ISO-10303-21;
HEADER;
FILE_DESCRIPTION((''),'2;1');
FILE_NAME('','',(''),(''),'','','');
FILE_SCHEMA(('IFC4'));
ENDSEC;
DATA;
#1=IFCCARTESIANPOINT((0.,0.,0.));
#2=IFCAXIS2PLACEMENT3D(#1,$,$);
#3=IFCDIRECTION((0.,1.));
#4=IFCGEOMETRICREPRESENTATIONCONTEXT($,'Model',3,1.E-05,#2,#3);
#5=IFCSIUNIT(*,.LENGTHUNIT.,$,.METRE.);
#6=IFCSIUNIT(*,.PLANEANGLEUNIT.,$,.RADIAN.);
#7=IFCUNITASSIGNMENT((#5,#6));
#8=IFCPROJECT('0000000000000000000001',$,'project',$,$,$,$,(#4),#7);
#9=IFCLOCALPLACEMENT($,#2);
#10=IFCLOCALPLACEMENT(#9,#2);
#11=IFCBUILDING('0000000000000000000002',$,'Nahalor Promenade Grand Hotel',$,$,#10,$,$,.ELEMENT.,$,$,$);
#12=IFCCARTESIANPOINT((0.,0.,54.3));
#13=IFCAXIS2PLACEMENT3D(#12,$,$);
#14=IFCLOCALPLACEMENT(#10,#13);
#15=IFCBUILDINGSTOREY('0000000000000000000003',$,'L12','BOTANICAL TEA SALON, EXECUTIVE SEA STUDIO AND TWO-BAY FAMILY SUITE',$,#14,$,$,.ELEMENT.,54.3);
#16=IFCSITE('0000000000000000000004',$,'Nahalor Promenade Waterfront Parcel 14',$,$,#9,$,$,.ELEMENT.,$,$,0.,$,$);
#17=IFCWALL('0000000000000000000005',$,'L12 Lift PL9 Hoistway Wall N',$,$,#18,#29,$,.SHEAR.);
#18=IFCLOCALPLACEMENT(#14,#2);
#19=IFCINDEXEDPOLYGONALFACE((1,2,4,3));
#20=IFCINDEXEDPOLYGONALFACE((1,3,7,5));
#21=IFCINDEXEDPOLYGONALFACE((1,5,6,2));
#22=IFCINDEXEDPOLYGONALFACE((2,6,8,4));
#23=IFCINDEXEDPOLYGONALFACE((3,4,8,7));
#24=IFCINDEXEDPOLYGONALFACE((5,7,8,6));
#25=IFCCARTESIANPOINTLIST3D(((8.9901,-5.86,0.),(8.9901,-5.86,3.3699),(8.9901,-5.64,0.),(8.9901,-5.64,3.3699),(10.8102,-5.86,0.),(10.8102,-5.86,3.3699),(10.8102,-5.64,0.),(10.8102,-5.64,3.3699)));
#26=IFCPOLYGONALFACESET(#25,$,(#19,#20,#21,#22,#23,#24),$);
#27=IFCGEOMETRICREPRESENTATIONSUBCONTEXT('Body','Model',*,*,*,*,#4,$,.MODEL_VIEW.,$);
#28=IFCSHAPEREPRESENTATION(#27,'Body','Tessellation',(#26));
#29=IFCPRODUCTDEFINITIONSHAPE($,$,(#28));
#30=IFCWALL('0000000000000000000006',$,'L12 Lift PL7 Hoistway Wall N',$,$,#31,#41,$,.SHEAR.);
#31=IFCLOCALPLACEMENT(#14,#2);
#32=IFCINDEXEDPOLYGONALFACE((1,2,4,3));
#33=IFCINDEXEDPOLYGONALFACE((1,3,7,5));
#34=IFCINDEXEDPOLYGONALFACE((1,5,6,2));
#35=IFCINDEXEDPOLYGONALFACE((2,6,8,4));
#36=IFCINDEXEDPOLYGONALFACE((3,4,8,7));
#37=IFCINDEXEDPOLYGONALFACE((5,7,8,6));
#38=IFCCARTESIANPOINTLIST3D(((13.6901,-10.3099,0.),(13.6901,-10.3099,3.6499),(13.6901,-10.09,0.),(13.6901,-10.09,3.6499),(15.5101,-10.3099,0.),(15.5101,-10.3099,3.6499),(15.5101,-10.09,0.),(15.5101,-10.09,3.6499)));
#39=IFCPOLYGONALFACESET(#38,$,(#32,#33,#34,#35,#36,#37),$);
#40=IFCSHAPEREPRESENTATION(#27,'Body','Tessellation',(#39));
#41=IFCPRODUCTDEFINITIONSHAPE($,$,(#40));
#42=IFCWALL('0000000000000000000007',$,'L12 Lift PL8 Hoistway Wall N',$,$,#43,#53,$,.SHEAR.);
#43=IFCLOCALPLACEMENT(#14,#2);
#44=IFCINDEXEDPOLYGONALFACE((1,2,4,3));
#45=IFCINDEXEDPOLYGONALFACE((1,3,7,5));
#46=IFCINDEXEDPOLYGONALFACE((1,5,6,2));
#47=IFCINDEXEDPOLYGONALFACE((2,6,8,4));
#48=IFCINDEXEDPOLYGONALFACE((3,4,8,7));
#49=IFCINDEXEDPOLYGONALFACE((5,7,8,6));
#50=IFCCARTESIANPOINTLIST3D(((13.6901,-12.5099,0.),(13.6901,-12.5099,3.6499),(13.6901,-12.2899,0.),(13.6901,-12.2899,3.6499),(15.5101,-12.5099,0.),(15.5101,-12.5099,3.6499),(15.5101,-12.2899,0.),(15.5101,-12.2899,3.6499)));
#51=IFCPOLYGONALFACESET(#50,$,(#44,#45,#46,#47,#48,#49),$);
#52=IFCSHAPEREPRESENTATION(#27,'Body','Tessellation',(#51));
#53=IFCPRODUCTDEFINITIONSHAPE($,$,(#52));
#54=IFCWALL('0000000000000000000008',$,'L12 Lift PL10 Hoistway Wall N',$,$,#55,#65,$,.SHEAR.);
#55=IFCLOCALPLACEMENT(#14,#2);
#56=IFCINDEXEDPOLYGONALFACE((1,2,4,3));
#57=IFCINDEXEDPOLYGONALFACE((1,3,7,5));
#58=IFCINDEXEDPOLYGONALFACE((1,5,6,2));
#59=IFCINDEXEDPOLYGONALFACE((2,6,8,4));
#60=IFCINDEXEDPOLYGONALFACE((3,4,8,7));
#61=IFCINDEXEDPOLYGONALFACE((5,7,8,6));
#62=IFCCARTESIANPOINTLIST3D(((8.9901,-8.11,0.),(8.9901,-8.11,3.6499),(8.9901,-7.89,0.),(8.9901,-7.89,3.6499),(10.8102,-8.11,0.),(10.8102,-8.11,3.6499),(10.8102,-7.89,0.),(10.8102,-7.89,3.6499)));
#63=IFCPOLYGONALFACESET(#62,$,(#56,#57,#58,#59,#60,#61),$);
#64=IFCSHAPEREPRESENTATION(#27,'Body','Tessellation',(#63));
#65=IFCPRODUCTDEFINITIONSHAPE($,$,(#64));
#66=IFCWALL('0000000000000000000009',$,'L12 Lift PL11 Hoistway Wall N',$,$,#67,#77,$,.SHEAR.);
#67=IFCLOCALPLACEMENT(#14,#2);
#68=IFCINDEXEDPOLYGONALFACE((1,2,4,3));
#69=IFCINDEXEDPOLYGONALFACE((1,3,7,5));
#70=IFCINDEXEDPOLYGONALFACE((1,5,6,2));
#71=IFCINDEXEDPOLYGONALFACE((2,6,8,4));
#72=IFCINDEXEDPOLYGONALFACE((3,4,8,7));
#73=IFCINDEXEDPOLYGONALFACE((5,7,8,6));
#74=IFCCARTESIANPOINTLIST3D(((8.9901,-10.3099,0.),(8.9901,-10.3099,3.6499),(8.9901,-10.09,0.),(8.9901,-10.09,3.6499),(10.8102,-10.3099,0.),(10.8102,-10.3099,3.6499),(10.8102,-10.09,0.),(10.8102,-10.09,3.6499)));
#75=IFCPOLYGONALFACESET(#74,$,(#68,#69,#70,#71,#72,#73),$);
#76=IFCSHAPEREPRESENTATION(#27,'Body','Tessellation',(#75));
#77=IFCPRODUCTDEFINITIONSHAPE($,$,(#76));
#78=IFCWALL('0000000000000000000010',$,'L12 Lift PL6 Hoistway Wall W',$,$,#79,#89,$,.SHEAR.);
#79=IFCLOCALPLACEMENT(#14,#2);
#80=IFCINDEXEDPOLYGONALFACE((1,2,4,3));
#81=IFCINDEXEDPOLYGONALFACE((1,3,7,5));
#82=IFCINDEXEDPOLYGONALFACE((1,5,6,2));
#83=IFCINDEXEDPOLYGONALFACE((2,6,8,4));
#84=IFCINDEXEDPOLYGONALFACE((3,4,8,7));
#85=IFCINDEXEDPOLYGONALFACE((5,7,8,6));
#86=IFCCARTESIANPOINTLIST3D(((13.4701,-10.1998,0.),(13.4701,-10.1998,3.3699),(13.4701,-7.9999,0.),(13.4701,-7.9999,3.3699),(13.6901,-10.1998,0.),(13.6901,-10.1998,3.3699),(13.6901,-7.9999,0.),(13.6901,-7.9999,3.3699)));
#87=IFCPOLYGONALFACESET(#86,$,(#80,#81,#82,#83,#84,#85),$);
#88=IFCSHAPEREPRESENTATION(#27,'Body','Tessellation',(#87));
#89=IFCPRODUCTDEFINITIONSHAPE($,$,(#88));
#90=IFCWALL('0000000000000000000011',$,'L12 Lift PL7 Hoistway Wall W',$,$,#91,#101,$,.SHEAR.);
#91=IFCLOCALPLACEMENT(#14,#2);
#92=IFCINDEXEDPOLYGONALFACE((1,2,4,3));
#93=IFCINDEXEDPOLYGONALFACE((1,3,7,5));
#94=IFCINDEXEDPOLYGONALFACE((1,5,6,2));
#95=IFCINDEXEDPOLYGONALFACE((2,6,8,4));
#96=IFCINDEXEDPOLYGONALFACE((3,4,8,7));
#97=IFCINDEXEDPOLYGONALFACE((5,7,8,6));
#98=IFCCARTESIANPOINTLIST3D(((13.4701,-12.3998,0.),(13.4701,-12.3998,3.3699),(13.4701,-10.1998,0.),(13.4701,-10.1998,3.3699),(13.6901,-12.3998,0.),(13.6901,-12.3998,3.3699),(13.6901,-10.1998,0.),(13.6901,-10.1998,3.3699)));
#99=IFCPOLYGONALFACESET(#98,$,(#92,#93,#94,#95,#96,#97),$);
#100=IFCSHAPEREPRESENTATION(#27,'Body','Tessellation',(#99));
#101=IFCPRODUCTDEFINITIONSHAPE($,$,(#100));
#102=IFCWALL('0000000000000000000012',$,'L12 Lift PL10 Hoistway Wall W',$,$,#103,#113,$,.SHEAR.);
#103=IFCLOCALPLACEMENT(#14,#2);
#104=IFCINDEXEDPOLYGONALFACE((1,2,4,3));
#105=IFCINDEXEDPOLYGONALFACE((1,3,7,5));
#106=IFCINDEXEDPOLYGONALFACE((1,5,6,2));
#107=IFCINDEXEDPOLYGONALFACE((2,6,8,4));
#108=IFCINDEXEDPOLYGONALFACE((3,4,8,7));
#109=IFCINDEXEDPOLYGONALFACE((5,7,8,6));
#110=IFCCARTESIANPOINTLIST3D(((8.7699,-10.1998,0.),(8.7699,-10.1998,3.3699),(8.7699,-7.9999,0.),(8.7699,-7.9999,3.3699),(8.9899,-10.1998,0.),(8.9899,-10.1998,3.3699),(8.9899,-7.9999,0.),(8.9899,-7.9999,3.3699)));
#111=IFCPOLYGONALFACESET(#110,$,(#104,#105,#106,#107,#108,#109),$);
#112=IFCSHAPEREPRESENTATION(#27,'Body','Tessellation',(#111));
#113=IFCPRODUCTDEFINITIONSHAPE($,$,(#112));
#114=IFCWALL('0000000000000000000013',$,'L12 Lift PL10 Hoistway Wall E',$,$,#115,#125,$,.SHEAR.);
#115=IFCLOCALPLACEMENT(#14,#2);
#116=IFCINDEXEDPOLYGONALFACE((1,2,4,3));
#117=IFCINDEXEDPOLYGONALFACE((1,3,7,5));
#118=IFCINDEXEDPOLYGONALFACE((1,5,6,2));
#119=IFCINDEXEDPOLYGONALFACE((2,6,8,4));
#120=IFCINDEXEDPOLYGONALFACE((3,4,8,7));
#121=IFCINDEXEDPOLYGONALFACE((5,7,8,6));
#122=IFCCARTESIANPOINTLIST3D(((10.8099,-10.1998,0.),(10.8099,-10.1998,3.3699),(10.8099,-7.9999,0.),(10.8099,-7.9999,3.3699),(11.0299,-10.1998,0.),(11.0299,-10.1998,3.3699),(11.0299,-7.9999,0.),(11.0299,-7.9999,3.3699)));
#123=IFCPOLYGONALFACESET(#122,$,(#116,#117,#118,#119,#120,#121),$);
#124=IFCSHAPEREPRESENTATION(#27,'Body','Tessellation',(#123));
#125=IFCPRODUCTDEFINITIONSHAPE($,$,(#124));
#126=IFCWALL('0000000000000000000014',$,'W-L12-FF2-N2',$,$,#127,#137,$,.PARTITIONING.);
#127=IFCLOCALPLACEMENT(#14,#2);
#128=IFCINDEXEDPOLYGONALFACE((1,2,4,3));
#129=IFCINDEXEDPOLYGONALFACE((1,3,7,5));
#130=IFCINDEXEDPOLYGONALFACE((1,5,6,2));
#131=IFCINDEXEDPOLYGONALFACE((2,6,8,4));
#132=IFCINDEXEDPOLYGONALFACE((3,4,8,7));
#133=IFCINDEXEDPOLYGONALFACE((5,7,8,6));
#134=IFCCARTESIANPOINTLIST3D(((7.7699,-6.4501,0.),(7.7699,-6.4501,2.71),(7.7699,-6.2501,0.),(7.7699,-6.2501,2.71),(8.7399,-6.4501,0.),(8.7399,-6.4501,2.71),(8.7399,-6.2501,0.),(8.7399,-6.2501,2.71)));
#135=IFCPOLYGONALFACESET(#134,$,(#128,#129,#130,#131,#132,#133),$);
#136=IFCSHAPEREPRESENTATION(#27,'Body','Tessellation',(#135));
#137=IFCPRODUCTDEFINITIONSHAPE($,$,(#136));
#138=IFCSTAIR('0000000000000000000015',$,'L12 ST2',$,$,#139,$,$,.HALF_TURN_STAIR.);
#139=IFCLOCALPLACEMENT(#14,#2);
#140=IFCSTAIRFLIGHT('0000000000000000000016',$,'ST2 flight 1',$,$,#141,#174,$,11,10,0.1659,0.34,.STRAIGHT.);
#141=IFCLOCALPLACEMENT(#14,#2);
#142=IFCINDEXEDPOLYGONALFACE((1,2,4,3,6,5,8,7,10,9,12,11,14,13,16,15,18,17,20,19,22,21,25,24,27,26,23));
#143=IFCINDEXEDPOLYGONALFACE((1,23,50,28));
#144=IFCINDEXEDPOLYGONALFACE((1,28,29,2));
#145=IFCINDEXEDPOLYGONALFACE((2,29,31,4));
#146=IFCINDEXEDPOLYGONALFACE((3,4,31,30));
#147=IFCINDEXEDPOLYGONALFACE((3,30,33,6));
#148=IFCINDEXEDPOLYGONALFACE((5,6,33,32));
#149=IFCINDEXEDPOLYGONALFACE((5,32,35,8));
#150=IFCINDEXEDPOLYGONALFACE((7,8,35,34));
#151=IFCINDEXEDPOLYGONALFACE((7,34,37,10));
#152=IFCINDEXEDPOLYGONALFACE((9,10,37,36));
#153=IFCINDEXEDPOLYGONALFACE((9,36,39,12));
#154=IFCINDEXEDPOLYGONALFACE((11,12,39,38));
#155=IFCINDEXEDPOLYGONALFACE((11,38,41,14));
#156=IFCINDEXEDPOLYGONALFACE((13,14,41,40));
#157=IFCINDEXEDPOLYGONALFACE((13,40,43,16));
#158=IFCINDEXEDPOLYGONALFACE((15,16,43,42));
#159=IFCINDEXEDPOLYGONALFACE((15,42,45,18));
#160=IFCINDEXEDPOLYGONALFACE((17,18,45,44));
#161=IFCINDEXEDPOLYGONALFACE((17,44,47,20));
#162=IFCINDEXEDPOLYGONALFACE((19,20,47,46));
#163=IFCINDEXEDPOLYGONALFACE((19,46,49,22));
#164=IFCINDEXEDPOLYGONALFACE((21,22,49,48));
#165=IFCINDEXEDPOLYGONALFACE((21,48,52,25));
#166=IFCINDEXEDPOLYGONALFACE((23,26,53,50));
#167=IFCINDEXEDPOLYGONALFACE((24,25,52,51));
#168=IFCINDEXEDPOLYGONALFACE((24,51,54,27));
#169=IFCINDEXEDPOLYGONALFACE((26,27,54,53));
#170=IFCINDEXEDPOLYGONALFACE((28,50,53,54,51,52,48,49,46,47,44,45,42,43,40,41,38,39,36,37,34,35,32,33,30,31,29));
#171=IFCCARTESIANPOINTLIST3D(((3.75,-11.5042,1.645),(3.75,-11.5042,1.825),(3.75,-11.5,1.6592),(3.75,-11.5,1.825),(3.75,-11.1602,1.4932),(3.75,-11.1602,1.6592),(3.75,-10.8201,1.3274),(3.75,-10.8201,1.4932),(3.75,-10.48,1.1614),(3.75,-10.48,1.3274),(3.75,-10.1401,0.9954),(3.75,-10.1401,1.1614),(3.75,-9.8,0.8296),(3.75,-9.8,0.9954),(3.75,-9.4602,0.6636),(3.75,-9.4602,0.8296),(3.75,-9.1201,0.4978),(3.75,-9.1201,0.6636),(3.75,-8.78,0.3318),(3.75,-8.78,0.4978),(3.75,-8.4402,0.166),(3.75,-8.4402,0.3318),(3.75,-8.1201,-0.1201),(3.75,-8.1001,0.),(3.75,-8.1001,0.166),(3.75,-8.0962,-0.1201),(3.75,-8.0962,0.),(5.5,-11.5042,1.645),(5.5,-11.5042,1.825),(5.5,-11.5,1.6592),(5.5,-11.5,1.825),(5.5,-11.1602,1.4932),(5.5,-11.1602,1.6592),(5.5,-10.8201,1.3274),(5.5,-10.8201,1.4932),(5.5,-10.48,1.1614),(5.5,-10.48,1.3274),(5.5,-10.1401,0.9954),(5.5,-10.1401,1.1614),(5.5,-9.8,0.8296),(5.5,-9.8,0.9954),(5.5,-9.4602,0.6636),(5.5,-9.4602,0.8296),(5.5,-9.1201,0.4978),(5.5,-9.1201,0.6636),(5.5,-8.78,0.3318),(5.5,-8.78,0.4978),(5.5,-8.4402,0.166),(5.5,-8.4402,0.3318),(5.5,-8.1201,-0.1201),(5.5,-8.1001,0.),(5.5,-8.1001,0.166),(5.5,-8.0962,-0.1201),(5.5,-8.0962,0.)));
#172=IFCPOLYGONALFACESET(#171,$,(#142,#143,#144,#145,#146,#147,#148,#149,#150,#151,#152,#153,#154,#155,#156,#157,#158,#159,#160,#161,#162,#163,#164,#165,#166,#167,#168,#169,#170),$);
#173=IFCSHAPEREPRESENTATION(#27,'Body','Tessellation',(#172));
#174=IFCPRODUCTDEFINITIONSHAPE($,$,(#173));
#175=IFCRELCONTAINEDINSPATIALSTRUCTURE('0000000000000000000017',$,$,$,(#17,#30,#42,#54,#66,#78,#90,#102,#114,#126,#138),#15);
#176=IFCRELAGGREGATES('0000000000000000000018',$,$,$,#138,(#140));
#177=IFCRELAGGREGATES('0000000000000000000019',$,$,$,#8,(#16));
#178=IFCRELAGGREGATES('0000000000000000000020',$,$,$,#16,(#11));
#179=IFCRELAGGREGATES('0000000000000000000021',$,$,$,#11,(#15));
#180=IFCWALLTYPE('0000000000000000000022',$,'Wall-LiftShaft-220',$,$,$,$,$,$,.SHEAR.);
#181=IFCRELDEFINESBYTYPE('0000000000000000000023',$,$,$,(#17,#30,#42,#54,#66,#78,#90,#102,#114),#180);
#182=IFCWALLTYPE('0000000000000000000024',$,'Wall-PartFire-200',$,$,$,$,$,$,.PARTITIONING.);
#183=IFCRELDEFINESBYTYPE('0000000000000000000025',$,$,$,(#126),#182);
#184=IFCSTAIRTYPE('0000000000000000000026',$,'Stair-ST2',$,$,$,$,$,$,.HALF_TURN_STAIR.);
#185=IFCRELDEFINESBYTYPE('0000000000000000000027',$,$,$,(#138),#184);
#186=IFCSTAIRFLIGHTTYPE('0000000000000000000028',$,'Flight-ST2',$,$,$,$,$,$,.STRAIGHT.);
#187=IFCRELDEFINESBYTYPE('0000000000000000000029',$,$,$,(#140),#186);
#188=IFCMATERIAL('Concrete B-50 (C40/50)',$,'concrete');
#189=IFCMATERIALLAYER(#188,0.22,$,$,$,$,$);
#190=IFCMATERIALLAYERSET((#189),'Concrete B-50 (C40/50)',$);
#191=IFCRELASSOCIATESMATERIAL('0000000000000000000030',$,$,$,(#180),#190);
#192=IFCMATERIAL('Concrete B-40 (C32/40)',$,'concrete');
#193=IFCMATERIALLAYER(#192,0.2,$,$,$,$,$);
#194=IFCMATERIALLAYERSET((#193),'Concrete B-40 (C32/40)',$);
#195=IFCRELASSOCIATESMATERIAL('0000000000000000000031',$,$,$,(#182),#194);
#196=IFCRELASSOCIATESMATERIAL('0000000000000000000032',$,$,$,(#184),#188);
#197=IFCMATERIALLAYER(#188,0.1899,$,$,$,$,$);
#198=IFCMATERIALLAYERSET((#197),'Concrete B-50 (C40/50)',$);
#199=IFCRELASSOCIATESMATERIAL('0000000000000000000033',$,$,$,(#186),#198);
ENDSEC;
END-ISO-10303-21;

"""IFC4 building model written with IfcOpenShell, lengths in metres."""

from ifc_helpers import new_model, si_unit, direction, frame, frame_2d, origin, place, context, subcontext, project, spatial, polyline, rectangle, outline, extrude, source, transform, mapped, material, layer, layer_set, type_object, element, aggregate, save


model = new_model("IFC4")

# Units and contexts
model_context = context("Model", 3, precision=1e-05, world=origin(), true_north=direction((0.0, 1.0)))
body_context = subcontext(model_context, "Body", "Model", "MODEL_VIEW")
ifc_project = project(units=[si_unit("LENGTHUNIT", "METRE"), si_unit("PLANEANGLEUNIT", "RADIAN")], contexts=[model_context])

# Site, building, storey
site_placement = place(None, origin())
site = spatial("IfcSite", under=ifc_project, at=site_placement, Name="Nahalor Promenade Waterfront Parcel 14", CompositionType="ELEMENT", RefElevation=0.0)
building_placement = place(site_placement, origin())
building = spatial("IfcBuilding", under=site, at=building_placement, Name="Nahalor Promenade Grand Hotel", CompositionType="ELEMENT")
storey_placement = place(building_placement, frame((0.0, 0.0, 54.3)))
storey = spatial("IfcBuildingStorey", under=building, at=storey_placement, Name="L12", Description="BOTANICAL TEA SALON, EXECUTIVE SEA STUDIO AND TWO-BAY FAMILY SUITE", CompositionType="ELEMENT", Elevation=54.3)

# Walls
ifc_material_1 = material(Name="Concrete B-50 (C40/50)", Category="concrete")
ifc_layer_1 = layer(ifc_material_1, 0.22)
ifc_layer_set_1 = layer_set([ifc_layer_1], Name="Concrete B-50 (C40/50)")
wall_type_1 = type_object("IfcWallType", Name="Wall-LiftShaft-220", PredefinedType="SHEAR", material=ifc_layer_set_1)
shared_shape_1 = source(origin(), body_context, "Body", "SweptSolid", [
    extrude(rectangle(XDim=1.8201, YDim=0.22, at=frame_2d((0.9102, 0.0))), origin(), (0.0, 0.0, 1.0), 3.3699),
])
wall_1_placement = place(storey_placement, frame((8.99, -5.75, 0.0), z_axis=(0.0, 0.0, 1.0), x_axis=(1.0, 0.0, 0.0)))
element("IfcWall", 1, at=wall_1_placement, inside=storey, type_object=wall_type_1, Name="L12 Lift PL9 Hoistway Wall N", PredefinedType="SHEAR", context=body_context, shape_type="MappedRepresentation", body=[
    mapped(shared_shape_1, transform((0.0, 0.0, 0.0), scale=1.0)),
])
shared_shape_2 = source(origin(), body_context, "Body", "SweptSolid", [
    extrude(rectangle(XDim=1.8201, YDim=0.22, at=frame_2d((0.9102, 0.0))), origin(), (0.0, 0.0, 1.0), 3.6499),
])
for number, where, z_axis, x_axis, name in (
    (2, (13.6899, -10.2, 0.0), (0.0, 0.0, 1.0), (1.0, 0.0, 0.0), "L12 Lift PL7 Hoistway Wall N"),
    (3, (13.6899, -12.3999, 0.0), (0.0, 0.0, 1.0), (1.0, 0.0, 0.0), "L12 Lift PL8 Hoistway Wall N"),
    (4, (8.99, -8.0, 0.0), (0.0, 0.0, 1.0), (1.0, 0.0, 0.0), "L12 Lift PL10 Hoistway Wall N"),
    (5, (8.99, -10.2, 0.0), (0.0, 0.0, 1.0), (1.0, 0.0, 0.0), "L12 Lift PL11 Hoistway Wall N"),
):
    element("IfcWall", number, at=place(storey_placement, frame(where, z_axis=z_axis, x_axis=x_axis)), inside=storey, type_object=wall_type_1, Name=name, PredefinedType="SHEAR", context=body_context, shape_type="MappedRepresentation", body=[
        mapped(shared_shape_2, transform((0.0, 0.0, 0.0), scale=1.0)),
    ])
shared_shape_3 = source(origin(), body_context, "Body", "SweptSolid", [
    extrude(rectangle(XDim=2.2, YDim=0.22, at=frame_2d((1.1001, 0.0))), origin(), (0.0, 0.0, 1.0), 3.3699),
])
for number, where, z_axis, x_axis, name in (
    (6, (13.5801, -10.2, 0.0), (0.0, 0.0, 1.0), (0.0, 1.0, 0.0), "L12 Lift PL6 Hoistway Wall W"),
    (7, (13.5801, -12.3999, 0.0), (0.0, 0.0, 1.0), (0.0, 1.0, 0.0), "L12 Lift PL7 Hoistway Wall W"),
    (8, (8.8799, -10.2, 0.0), (0.0, 0.0, 1.0), (0.0, 1.0, 0.0), "L12 Lift PL10 Hoistway Wall W"),
    (9, (10.9199, -10.2, 0.0), (0.0, 0.0, 1.0), (0.0, 1.0, 0.0), "L12 Lift PL10 Hoistway Wall E"),
):
    element("IfcWall", number, at=place(storey_placement, frame(where, z_axis=z_axis, x_axis=x_axis)), inside=storey, type_object=wall_type_1, Name=name, PredefinedType="SHEAR", context=body_context, shape_type="MappedRepresentation", body=[
        mapped(shared_shape_3, transform((0.0, 0.0, 0.0), scale=1.0)),
    ])
ifc_material_2 = material(Name="Concrete B-40 (C32/40)", Category="concrete")
ifc_layer_2 = layer(ifc_material_2, 0.2)
ifc_layer_set_2 = layer_set([ifc_layer_2], Name="Concrete B-40 (C32/40)")
wall_type_2 = type_object("IfcWallType", Name="Wall-PartFire-200", PredefinedType="PARTITIONING", material=ifc_layer_set_2)
shared_shape_4 = source(origin(), body_context, "Body", "SweptSolid", [
    extrude(rectangle(XDim=0.97, YDim=0.2, at=frame_2d((0.4849, 0.0))), origin(), (0.0, 0.0, 1.0), 2.71),
])
wall_2_placement = place(storey_placement, frame((7.77, -6.3501, 0.0), z_axis=(0.0, 0.0, 1.0), x_axis=(1.0, 0.0, 0.0)))
element("IfcWall", 10, at=wall_2_placement, inside=storey, type_object=wall_type_2, Name="W-L12-FF2-N2", PredefinedType="PARTITIONING", context=body_context, shape_type="MappedRepresentation", body=[
    mapped(shared_shape_4, transform((0.0, 0.0, 0.0), scale=1.0)),
])

# Stair, stair flight
stair_type = type_object("IfcStairType", Name="Stair-ST2", PredefinedType="HALF_TURN_STAIR", material=ifc_material_1)
stair_placement = place(storey_placement, origin())
stair = element("IfcStair", 11, at=stair_placement, inside=storey, type_object=stair_type, Name="L12 ST2", PredefinedType="HALF_TURN_STAIR")
ifc_layer_3 = layer(ifc_material_1, 0.1899)
ifc_layer_set_3 = layer_set([ifc_layer_3], Name="Concrete B-50 (C40/50)")
stair_flight_type = type_object("IfcStairFlightType", Name="Flight-ST2", PredefinedType="STRAIGHT", material=ifc_layer_set_3)
shared_shape_5 = source(origin(), body_context, "Body", "SweptSolid", [
    extrude(outline(polyline([(-0.0039, -0.1201), (-0.0039, 0.0), (0.0, 0.0), (0.0, 0.166), (0.3401, 0.166), (0.3401, 0.3318), (0.6799, 0.3318), (0.6799, 0.4978), (1.02, 0.4978), (1.02, 0.6636), (1.3601, 0.6636), (1.3601, 0.8296), (1.7, 0.8296), (1.7, 0.9954), (2.04, 0.9954), (2.04, 1.1614), (2.3799, 1.1614), (2.3799, 1.3274), (2.72, 1.3274), (2.72, 1.4932), (3.0601, 1.4932), (3.0601, 1.6592), (3.3999, 1.6592), (3.3999, 1.825), (3.4041, 1.825), (3.4041, 1.645), (0.02, -0.1201), (-0.0039, -0.1201)])), frame((0.0, 0.875, 0.0), z_axis=(0.0, -1.0, 0.0), x_axis=(1.0, 0.0, 0.0)), (0.0, 0.0, 1.0), 1.75),
])
stair_flight_1_placement = place(storey_placement, frame((4.625, -8.1001, 0.0), z_axis=(0.0, 0.0, 1.0), x_axis=(0.0, -1.0, 0.0)))
stair_flight_1 = element("IfcStairFlight", 12, at=stair_flight_1_placement, type_object=stair_flight_type, Name="ST2 flight 1", NumberOfRisers=11, NumberOfTreads=10, PredefinedType="STRAIGHT", RiserHeight=0.1659, TreadLength=0.34, context=body_context, shape_type="MappedRepresentation", body=[
    mapped(shared_shape_5, transform((0.0, 0.0, 0.0), scale=1.0)),
])
aggregate(stair, [stair_flight_1])

save(model, "model.ifc")
